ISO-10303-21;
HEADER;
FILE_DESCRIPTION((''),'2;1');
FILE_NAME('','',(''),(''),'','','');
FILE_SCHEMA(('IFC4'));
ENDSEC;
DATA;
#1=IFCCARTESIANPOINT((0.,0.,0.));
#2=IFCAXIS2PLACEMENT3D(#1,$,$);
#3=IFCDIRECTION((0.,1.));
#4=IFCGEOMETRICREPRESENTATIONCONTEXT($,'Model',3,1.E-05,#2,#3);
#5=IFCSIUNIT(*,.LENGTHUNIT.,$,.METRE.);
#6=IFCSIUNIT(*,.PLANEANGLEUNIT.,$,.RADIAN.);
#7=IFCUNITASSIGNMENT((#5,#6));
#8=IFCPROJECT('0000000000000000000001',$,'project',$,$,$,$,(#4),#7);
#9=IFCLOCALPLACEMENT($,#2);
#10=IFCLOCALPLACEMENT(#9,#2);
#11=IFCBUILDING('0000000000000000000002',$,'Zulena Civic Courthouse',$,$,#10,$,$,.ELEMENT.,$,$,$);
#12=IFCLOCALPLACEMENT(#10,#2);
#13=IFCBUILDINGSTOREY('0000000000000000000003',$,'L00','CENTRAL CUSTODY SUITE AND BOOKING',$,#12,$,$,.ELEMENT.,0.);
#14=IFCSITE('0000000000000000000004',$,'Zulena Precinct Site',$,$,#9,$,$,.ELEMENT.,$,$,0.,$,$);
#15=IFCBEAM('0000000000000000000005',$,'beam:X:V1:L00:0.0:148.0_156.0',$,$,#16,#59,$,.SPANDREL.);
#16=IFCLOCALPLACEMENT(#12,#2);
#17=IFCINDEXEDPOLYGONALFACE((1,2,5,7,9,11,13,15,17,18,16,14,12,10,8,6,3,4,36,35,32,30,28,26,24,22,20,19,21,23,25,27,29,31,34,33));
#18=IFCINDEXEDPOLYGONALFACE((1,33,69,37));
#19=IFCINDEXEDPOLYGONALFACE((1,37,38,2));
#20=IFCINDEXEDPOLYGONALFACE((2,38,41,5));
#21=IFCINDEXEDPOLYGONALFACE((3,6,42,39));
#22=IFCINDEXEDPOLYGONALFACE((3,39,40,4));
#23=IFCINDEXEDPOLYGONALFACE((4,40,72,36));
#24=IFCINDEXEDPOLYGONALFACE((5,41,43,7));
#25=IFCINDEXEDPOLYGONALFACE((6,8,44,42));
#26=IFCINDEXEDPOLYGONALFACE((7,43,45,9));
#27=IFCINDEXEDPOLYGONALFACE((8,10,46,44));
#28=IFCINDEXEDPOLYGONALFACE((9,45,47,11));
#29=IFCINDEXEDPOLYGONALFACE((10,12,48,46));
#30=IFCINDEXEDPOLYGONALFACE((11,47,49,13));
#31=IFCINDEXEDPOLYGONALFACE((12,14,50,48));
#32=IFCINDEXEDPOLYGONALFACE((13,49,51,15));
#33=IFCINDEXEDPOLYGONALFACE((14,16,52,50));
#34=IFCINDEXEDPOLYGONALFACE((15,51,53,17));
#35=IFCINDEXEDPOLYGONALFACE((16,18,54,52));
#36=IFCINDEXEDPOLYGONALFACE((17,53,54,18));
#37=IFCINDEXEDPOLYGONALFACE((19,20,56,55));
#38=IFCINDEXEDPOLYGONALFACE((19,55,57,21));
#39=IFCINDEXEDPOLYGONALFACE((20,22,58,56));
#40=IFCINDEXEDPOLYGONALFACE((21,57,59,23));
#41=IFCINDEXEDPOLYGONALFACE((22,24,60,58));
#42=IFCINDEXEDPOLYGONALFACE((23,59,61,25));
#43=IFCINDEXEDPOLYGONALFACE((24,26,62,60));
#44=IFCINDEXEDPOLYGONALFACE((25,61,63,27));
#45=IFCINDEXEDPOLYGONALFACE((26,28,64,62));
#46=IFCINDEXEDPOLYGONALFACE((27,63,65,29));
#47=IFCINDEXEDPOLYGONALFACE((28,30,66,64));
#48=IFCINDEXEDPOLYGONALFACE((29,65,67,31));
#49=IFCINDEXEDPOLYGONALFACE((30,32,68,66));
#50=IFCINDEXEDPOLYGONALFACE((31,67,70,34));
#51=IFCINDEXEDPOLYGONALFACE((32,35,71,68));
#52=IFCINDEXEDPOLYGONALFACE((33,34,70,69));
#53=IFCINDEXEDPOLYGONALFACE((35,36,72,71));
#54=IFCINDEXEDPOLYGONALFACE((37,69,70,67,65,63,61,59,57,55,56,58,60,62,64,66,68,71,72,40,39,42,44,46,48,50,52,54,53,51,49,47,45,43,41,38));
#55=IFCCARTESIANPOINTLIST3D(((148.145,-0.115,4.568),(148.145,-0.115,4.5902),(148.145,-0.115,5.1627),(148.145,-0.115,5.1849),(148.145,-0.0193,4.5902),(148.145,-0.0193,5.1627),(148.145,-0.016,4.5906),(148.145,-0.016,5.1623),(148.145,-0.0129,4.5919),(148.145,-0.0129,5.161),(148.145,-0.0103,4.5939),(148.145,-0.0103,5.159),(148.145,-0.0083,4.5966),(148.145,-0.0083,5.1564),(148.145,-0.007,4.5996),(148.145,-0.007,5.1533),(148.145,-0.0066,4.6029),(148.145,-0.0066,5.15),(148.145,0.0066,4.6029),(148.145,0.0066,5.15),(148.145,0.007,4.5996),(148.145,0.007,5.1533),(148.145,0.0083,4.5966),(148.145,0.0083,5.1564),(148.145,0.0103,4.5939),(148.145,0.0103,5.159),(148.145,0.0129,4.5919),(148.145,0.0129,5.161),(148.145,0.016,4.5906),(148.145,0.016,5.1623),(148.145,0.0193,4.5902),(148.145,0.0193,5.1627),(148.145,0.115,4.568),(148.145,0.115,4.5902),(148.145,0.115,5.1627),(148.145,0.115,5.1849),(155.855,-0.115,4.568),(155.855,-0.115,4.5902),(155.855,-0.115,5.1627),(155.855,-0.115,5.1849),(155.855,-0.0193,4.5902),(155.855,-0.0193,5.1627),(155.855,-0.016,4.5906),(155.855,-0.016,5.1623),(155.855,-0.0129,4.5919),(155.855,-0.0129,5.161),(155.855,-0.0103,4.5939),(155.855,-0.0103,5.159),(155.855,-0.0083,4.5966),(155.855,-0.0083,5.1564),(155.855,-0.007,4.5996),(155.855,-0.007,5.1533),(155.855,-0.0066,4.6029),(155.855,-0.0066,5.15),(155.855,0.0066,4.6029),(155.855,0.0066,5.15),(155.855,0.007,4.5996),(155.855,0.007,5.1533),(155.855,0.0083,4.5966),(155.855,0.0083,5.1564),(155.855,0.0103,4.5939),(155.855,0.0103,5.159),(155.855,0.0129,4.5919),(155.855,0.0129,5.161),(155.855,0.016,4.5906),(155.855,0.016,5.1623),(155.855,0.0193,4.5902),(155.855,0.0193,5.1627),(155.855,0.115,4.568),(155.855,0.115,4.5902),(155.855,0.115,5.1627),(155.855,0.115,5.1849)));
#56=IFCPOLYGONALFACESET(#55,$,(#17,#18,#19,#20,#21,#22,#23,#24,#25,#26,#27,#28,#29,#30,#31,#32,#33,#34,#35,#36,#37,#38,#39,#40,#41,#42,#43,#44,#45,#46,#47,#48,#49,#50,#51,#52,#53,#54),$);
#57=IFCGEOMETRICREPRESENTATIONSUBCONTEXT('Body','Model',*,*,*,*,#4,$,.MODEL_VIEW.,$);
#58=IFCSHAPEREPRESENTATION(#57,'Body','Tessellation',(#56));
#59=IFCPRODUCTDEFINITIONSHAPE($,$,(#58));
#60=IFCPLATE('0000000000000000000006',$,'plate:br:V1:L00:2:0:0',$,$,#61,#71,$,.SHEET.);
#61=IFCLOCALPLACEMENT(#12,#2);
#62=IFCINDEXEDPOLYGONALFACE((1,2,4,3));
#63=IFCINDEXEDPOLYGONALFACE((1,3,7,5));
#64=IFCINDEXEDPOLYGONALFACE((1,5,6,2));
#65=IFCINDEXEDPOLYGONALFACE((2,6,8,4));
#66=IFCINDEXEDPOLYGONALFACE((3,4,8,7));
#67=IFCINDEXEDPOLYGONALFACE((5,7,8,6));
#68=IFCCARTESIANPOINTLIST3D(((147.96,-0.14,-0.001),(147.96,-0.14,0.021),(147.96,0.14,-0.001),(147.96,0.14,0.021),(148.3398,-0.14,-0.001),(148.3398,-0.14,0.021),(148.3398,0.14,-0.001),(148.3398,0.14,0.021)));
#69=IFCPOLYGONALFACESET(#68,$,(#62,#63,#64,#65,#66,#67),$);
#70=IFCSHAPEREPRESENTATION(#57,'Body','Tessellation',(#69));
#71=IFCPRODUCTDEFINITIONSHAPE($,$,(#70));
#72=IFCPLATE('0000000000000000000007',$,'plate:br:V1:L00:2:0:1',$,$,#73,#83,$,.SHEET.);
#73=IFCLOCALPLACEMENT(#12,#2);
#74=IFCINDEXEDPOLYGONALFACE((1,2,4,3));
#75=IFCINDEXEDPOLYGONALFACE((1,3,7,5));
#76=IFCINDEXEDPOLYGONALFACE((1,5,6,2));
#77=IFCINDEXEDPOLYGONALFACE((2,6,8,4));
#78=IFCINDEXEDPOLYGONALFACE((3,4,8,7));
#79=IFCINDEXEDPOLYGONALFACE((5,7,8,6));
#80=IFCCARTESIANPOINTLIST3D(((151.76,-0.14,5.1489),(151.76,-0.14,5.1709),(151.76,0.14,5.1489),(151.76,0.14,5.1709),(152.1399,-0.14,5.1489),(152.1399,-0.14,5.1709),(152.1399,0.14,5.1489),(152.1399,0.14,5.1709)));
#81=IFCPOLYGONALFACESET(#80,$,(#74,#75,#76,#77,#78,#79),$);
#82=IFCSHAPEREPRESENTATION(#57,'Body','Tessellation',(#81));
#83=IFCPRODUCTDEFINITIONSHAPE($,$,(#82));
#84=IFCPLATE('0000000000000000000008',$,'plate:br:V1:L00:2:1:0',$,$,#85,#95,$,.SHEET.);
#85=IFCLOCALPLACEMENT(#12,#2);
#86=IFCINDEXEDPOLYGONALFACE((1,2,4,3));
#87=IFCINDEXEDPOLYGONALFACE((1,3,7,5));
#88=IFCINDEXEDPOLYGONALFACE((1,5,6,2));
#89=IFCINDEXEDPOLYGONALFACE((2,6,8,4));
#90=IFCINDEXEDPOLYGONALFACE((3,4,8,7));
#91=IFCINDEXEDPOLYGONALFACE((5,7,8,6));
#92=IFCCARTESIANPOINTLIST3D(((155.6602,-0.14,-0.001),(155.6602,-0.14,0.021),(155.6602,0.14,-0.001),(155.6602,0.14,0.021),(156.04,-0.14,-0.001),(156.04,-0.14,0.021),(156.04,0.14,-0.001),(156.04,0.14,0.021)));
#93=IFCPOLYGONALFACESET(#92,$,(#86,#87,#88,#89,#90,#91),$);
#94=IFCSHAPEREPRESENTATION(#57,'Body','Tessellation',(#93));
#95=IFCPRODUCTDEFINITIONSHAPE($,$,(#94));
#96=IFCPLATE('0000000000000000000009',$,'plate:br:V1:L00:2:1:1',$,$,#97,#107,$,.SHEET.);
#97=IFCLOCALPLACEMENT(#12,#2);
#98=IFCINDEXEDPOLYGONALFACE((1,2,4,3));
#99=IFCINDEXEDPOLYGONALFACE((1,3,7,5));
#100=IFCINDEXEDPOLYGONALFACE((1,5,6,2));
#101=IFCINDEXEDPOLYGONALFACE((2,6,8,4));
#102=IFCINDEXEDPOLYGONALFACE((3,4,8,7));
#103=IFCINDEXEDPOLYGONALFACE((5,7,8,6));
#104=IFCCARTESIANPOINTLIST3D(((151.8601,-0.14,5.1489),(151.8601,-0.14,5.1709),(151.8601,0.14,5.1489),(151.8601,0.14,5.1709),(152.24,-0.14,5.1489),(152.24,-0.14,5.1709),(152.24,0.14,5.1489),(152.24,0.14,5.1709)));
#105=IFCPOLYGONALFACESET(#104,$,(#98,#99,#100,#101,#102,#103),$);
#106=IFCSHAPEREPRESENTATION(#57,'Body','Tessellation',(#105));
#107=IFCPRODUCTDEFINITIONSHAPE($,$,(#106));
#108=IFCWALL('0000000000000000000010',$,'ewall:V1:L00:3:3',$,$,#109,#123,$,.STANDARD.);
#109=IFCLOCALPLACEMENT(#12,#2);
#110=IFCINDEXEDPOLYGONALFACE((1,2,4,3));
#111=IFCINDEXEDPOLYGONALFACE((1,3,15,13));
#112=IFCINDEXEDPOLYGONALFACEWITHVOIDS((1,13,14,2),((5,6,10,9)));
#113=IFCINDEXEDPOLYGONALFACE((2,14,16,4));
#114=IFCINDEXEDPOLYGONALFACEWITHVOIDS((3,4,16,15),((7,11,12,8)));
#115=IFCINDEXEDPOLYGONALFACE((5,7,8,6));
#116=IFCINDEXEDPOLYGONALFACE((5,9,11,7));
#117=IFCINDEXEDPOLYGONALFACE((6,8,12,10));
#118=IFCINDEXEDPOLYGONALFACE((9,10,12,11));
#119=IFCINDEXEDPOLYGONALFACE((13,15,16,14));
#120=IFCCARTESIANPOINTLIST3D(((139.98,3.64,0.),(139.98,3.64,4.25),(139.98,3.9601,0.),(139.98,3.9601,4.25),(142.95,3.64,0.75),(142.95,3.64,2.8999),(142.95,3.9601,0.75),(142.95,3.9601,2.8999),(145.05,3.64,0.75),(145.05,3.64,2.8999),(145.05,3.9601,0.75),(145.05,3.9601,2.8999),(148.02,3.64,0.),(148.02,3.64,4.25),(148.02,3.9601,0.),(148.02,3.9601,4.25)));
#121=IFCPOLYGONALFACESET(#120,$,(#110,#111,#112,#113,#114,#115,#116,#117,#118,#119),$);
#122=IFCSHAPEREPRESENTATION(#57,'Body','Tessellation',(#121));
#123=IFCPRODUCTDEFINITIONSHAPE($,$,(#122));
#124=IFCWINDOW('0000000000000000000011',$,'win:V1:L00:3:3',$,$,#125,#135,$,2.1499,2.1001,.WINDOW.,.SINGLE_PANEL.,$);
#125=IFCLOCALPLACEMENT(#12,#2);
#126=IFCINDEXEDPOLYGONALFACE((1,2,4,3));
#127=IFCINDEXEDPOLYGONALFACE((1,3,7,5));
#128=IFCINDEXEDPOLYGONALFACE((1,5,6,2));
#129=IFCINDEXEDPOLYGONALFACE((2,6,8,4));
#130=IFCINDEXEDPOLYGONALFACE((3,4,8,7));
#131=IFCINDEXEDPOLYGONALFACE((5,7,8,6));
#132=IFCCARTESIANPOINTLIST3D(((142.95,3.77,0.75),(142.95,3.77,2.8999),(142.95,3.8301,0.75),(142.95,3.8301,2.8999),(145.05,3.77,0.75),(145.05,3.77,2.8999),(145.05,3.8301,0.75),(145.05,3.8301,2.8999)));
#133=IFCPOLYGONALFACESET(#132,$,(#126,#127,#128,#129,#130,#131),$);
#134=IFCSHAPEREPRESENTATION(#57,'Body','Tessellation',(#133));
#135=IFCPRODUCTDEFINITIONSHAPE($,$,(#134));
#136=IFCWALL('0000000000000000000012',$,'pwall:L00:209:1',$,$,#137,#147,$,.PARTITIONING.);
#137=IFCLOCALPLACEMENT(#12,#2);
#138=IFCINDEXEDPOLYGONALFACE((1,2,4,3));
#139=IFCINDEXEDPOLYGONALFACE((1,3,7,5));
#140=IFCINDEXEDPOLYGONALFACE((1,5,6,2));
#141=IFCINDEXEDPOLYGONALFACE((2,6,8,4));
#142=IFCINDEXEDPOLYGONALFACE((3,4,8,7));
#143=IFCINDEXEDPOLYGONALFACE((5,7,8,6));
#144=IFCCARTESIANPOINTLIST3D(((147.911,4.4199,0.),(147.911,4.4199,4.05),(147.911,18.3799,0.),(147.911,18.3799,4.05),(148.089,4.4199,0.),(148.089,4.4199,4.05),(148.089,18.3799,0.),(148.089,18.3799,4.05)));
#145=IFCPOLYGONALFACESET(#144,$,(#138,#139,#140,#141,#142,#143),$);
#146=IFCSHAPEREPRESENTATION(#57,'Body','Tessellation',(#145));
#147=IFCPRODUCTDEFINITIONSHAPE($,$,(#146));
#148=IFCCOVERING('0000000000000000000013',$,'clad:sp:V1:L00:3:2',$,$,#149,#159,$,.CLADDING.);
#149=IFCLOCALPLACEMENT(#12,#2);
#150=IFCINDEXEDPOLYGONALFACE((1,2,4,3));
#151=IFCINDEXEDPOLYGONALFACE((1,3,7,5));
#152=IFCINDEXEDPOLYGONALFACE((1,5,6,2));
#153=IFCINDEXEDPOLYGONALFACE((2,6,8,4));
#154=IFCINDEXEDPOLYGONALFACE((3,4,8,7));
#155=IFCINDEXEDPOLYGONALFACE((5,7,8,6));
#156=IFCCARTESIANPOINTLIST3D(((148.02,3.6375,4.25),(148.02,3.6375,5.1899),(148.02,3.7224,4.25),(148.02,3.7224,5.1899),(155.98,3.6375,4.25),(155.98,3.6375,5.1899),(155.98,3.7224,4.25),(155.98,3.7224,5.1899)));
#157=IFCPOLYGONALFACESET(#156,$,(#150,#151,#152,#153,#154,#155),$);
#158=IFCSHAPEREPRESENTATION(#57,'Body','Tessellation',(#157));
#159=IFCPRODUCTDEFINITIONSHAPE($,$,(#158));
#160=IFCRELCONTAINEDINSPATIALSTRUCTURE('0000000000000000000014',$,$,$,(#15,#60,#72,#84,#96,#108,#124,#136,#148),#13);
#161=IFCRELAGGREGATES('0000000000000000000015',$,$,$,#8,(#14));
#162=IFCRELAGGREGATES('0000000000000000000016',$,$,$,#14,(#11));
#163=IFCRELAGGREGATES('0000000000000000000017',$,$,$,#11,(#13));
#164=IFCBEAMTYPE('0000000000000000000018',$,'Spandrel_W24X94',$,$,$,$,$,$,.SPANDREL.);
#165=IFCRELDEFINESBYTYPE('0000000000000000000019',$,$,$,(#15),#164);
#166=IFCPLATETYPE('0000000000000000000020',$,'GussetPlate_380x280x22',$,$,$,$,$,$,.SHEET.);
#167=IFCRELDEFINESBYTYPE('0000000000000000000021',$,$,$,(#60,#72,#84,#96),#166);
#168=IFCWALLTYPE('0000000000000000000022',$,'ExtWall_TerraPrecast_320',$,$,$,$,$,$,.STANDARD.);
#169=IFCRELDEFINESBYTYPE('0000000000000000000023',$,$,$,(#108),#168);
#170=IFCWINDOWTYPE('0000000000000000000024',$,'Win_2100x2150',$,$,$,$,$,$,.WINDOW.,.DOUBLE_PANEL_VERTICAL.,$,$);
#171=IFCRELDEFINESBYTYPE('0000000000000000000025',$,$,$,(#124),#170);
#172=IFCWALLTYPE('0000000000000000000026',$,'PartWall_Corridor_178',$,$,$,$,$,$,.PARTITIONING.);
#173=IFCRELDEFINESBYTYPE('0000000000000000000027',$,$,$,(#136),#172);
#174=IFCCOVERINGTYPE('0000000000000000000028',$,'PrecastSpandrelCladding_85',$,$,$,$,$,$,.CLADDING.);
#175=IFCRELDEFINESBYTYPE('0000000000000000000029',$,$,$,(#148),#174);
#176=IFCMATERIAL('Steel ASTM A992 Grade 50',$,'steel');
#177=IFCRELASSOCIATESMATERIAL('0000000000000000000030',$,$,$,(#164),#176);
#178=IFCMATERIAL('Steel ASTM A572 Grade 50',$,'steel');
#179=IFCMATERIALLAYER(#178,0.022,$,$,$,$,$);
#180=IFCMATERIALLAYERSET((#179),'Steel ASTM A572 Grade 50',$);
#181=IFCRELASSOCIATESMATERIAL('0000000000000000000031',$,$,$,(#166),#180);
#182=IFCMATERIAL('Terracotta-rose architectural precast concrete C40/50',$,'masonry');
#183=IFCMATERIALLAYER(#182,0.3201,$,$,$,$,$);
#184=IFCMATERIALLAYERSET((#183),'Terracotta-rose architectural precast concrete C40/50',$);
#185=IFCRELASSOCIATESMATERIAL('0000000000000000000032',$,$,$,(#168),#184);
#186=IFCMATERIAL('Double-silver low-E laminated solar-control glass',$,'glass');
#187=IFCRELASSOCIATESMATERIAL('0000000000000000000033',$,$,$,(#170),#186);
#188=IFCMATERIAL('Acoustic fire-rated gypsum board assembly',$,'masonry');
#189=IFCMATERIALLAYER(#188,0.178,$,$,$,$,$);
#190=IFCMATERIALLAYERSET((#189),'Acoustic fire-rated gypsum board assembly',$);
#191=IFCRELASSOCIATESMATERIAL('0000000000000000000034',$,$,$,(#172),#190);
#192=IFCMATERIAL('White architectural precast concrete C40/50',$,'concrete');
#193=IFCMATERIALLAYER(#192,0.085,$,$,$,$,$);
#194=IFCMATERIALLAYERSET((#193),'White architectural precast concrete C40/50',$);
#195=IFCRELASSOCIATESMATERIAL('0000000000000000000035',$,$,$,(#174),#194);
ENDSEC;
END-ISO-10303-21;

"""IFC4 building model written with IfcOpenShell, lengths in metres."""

from ifc_helpers import new_model, si_unit, direction, frame, frame_2d, origin, origin_2d, place, context, subcontext, project, spatial, rectangle, i_section, extrude, material, layer, layer_set, material_profile, profile_set, type_object, element, fill, save


model = new_model("IFC4")

# Units and contexts
model_context = context("Model", 3, precision=1e-05, world=origin(), true_north=direction((0.0, 1.0)))
body_context = subcontext(model_context, "Body", "Model", "MODEL_VIEW")
ifc_project = project(units=[si_unit("LENGTHUNIT", "METRE"), si_unit("PLANEANGLEUNIT", "RADIAN")], contexts=[model_context])

# Site, building, storey
site_placement = place(None, origin())
site = spatial("IfcSite", under=ifc_project, at=site_placement, Name="Zulena Precinct Site", CompositionType="ELEMENT", RefElevation=0.0)
building_placement = place(site_placement, origin())
building = spatial("IfcBuilding", under=site, at=building_placement, Name="Zulena Civic Courthouse", CompositionType="ELEMENT")
storey_placement = place(building_placement, origin())
storey = spatial("IfcBuildingStorey", under=building, at=storey_placement, Name="L00", Description="CENTRAL CUSTODY SUITE AND BOOKING", CompositionType="ELEMENT", Elevation=0.0)

# Shared definitions
ifc_material_1 = material(Name="Steel ASTM A992 Grade 50", Category="steel")

# Beam
ifc_material_profile_1 = material_profile(ifc_material_1, i_section(OverallWidth=0.23, OverallDepth=0.6169, WebThickness=0.0132, FlangeThickness=0.0222, FilletRadius=0.0127, at=origin_2d()), Name="W24X94")
ifc_profile_set_1 = profile_set([ifc_material_profile_1], Name="Steel ASTM A992 Grade 50")
beam_type_1 = type_object("IfcBeamType", Name="Spandrel_W24X94", PredefinedType="SPANDREL", material=ifc_profile_set_1)
beam_1_placement = place(storey_placement, frame((148.145, 0.0, 4.8765), z_axis=(1.0, 0.0, 0.0), x_axis=(0.0, 1.0, 0.0)))
element("IfcBeam", 1, at=beam_1_placement, inside=storey, type_object=beam_type_1, Name="beam:X:V1:L00:0.0:148.0_156.0", PredefinedType="SPANDREL", context=body_context, shape_type="SweptSolid", body=[
    extrude(i_section(OverallWidth=0.23, OverallDepth=0.6169, WebThickness=0.0132, FlangeThickness=0.0222, FilletRadius=0.0127, at=origin_2d()), origin(), (0.0, 0.0, 1.0), 7.71),
])

# Plates
ifc_material_2 = material(Name="Steel ASTM A572 Grade 50", Category="steel")
ifc_layer_1 = layer(ifc_material_2, 0.022)
ifc_layer_set_1 = layer_set([ifc_layer_1], Name="Steel ASTM A572 Grade 50")
plate_type = type_object("IfcPlateType", Name="GussetPlate_380x280x22", PredefinedType="SHEET", material=ifc_layer_set_1)
for number, where, z_axis, x_axis, name in (
    (2, (148.1499, 0.0, -0.001), (0.0, 0.0, 1.0), (1.0, 0.0, 0.0), "plate:br:V1:L00:2:0:0"),
    (3, (151.95, 0.0, 5.1489), (0.0, 0.0, 1.0), (1.0, 0.0, 0.0), "plate:br:V1:L00:2:0:1"),
    (4, (155.8501, 0.0, -0.001), (0.0, 0.0, 1.0), (1.0, 0.0, 0.0), "plate:br:V1:L00:2:1:0"),
    (5, (152.05, 0.0, 5.1489), (0.0, 0.0, 1.0), (1.0, 0.0, 0.0), "plate:br:V1:L00:2:1:1"),
):
    element("IfcPlate", number, at=place(storey_placement, frame(where, z_axis=z_axis, x_axis=x_axis)), inside=storey, type_object=plate_type, Name=name, PredefinedType="SHEET", context=body_context, shape_type="SweptSolid", body=[
        extrude(rectangle(XDim=0.3799, YDim=0.28, at=origin_2d()), origin(), (0.0, 0.0, 1.0), 0.022),
    ])

# Wall, opening, window
ifc_material_3 = material(Name="Terracotta-rose architectural precast concrete C40/50", Category="masonry")
ifc_layer_2 = layer(ifc_material_3, 0.3201)
ifc_layer_set_2 = layer_set([ifc_layer_2], Name="Terracotta-rose architectural precast concrete C40/50")
wall_type_1 = type_object("IfcWallType", Name="ExtWall_TerraPrecast_320", PredefinedType="STANDARD", material=ifc_layer_set_2)
wall_1_placement = place(storey_placement, frame((148.02, 3.8, 0.0), z_axis=(0.0, 0.0, 1.0), x_axis=(-1.0, 0.0, 0.0)))
wall_1 = element("IfcWall", 6, at=wall_1_placement, inside=storey, type_object=wall_type_1, Name="ewall:V1:L00:3:3", PredefinedType="STANDARD", context=body_context, shape_type="SweptSolid", body=[
    extrude(rectangle(XDim=8.04, YDim=0.3201, at=frame_2d((4.02, 0.0))), origin(), (0.0, 0.0, 1.0), 4.25),
])
opening_placement = place(wall_1_placement, frame((2.97, 0.0, 0.75)))
opening = element("IfcOpeningElement", 7, at=opening_placement, cuts=wall_1, PredefinedType="OPENING", context=body_context, shape_type="SweptSolid", body=[
    extrude(rectangle(XDim=2.1001, YDim=2.1499, at=frame_2d((1.05, 1.075))), frame((0.0, 0.1699, 0.0), z_axis=(0.0, -1.0, 0.0), x_axis=(1.0, 0.0, 0.0)), (0.0, 0.0, 1.0), 0.3401),
])
ifc_material_4 = material(Name="Double-silver low-E laminated solar-control glass", Category="glass")
window_type = type_object("IfcWindowType", Name="Win_2100x2150", PartitioningType="DOUBLE_PANEL_VERTICAL", PredefinedType="WINDOW", material=ifc_material_4)
window_placement = place(opening_placement, origin())
window = element("IfcWindow", 8, at=window_placement, inside=storey, type_object=window_type, Name="win:V1:L00:3:3", OverallHeight=2.1499, OverallWidth=2.1001, PartitioningType="SINGLE_PANEL", PredefinedType="WINDOW", context=body_context, shape_type="SweptSolid", body=[
    extrude(rectangle(XDim=2.1001, YDim=2.1499, at=frame_2d((1.05, 1.075))), frame((0.0, 0.03, 0.0), z_axis=(0.0, -1.0, 0.0), x_axis=(1.0, 0.0, 0.0)), (0.0, 0.0, 1.0), 0.0601),
])
fill(opening, window)

# Wall
ifc_material_5 = material(Name="Acoustic fire-rated gypsum board assembly", Category="masonry")
ifc_layer_3 = layer(ifc_material_5, 0.178)
ifc_layer_set_3 = layer_set([ifc_layer_3], Name="Acoustic fire-rated gypsum board assembly")
wall_type_2 = type_object("IfcWallType", Name="PartWall_Corridor_178", PredefinedType="PARTITIONING", material=ifc_layer_set_3)
wall_2_placement = place(storey_placement, frame((148.0, 4.4199, 0.0), z_axis=(0.0, 0.0, 1.0), x_axis=(0.0, 1.0, 0.0)))
element("IfcWall", 9, at=wall_2_placement, inside=storey, type_object=wall_type_2, Name="pwall:L00:209:1", PredefinedType="PARTITIONING", context=body_context, shape_type="SweptSolid", body=[
    extrude(rectangle(XDim=13.96, YDim=0.178, at=frame_2d((6.98, 0.0))), origin(), (0.0, 0.0, 1.0), 4.05),
])

# Covering
ifc_material_6 = material(Name="White architectural precast concrete C40/50", Category="concrete")
ifc_layer_4 = layer(ifc_material_6, 0.085)
ifc_layer_set_4 = layer_set([ifc_layer_4], Name="White architectural precast concrete C40/50")
covering_type = type_object("IfcCoveringType", Name="PrecastSpandrelCladding_85", PredefinedType="CLADDING", material=ifc_layer_set_4)
covering_placement = place(storey_placement, frame((152.0, 3.6799, 4.25), z_axis=(0.0, 0.0, 1.0), x_axis=(-1.0, 0.0, 0.0)))
element("IfcCovering", 10, at=covering_placement, inside=storey, type_object=covering_type, Name="clad:sp:V1:L00:3:2", PredefinedType="CLADDING", context=body_context, shape_type="SweptSolid", body=[
    extrude(rectangle(XDim=7.96, YDim=0.085, at=origin_2d()), origin(), (0.0, 0.0, 1.0), 0.9399),
])

save(model, "model.ifc")
